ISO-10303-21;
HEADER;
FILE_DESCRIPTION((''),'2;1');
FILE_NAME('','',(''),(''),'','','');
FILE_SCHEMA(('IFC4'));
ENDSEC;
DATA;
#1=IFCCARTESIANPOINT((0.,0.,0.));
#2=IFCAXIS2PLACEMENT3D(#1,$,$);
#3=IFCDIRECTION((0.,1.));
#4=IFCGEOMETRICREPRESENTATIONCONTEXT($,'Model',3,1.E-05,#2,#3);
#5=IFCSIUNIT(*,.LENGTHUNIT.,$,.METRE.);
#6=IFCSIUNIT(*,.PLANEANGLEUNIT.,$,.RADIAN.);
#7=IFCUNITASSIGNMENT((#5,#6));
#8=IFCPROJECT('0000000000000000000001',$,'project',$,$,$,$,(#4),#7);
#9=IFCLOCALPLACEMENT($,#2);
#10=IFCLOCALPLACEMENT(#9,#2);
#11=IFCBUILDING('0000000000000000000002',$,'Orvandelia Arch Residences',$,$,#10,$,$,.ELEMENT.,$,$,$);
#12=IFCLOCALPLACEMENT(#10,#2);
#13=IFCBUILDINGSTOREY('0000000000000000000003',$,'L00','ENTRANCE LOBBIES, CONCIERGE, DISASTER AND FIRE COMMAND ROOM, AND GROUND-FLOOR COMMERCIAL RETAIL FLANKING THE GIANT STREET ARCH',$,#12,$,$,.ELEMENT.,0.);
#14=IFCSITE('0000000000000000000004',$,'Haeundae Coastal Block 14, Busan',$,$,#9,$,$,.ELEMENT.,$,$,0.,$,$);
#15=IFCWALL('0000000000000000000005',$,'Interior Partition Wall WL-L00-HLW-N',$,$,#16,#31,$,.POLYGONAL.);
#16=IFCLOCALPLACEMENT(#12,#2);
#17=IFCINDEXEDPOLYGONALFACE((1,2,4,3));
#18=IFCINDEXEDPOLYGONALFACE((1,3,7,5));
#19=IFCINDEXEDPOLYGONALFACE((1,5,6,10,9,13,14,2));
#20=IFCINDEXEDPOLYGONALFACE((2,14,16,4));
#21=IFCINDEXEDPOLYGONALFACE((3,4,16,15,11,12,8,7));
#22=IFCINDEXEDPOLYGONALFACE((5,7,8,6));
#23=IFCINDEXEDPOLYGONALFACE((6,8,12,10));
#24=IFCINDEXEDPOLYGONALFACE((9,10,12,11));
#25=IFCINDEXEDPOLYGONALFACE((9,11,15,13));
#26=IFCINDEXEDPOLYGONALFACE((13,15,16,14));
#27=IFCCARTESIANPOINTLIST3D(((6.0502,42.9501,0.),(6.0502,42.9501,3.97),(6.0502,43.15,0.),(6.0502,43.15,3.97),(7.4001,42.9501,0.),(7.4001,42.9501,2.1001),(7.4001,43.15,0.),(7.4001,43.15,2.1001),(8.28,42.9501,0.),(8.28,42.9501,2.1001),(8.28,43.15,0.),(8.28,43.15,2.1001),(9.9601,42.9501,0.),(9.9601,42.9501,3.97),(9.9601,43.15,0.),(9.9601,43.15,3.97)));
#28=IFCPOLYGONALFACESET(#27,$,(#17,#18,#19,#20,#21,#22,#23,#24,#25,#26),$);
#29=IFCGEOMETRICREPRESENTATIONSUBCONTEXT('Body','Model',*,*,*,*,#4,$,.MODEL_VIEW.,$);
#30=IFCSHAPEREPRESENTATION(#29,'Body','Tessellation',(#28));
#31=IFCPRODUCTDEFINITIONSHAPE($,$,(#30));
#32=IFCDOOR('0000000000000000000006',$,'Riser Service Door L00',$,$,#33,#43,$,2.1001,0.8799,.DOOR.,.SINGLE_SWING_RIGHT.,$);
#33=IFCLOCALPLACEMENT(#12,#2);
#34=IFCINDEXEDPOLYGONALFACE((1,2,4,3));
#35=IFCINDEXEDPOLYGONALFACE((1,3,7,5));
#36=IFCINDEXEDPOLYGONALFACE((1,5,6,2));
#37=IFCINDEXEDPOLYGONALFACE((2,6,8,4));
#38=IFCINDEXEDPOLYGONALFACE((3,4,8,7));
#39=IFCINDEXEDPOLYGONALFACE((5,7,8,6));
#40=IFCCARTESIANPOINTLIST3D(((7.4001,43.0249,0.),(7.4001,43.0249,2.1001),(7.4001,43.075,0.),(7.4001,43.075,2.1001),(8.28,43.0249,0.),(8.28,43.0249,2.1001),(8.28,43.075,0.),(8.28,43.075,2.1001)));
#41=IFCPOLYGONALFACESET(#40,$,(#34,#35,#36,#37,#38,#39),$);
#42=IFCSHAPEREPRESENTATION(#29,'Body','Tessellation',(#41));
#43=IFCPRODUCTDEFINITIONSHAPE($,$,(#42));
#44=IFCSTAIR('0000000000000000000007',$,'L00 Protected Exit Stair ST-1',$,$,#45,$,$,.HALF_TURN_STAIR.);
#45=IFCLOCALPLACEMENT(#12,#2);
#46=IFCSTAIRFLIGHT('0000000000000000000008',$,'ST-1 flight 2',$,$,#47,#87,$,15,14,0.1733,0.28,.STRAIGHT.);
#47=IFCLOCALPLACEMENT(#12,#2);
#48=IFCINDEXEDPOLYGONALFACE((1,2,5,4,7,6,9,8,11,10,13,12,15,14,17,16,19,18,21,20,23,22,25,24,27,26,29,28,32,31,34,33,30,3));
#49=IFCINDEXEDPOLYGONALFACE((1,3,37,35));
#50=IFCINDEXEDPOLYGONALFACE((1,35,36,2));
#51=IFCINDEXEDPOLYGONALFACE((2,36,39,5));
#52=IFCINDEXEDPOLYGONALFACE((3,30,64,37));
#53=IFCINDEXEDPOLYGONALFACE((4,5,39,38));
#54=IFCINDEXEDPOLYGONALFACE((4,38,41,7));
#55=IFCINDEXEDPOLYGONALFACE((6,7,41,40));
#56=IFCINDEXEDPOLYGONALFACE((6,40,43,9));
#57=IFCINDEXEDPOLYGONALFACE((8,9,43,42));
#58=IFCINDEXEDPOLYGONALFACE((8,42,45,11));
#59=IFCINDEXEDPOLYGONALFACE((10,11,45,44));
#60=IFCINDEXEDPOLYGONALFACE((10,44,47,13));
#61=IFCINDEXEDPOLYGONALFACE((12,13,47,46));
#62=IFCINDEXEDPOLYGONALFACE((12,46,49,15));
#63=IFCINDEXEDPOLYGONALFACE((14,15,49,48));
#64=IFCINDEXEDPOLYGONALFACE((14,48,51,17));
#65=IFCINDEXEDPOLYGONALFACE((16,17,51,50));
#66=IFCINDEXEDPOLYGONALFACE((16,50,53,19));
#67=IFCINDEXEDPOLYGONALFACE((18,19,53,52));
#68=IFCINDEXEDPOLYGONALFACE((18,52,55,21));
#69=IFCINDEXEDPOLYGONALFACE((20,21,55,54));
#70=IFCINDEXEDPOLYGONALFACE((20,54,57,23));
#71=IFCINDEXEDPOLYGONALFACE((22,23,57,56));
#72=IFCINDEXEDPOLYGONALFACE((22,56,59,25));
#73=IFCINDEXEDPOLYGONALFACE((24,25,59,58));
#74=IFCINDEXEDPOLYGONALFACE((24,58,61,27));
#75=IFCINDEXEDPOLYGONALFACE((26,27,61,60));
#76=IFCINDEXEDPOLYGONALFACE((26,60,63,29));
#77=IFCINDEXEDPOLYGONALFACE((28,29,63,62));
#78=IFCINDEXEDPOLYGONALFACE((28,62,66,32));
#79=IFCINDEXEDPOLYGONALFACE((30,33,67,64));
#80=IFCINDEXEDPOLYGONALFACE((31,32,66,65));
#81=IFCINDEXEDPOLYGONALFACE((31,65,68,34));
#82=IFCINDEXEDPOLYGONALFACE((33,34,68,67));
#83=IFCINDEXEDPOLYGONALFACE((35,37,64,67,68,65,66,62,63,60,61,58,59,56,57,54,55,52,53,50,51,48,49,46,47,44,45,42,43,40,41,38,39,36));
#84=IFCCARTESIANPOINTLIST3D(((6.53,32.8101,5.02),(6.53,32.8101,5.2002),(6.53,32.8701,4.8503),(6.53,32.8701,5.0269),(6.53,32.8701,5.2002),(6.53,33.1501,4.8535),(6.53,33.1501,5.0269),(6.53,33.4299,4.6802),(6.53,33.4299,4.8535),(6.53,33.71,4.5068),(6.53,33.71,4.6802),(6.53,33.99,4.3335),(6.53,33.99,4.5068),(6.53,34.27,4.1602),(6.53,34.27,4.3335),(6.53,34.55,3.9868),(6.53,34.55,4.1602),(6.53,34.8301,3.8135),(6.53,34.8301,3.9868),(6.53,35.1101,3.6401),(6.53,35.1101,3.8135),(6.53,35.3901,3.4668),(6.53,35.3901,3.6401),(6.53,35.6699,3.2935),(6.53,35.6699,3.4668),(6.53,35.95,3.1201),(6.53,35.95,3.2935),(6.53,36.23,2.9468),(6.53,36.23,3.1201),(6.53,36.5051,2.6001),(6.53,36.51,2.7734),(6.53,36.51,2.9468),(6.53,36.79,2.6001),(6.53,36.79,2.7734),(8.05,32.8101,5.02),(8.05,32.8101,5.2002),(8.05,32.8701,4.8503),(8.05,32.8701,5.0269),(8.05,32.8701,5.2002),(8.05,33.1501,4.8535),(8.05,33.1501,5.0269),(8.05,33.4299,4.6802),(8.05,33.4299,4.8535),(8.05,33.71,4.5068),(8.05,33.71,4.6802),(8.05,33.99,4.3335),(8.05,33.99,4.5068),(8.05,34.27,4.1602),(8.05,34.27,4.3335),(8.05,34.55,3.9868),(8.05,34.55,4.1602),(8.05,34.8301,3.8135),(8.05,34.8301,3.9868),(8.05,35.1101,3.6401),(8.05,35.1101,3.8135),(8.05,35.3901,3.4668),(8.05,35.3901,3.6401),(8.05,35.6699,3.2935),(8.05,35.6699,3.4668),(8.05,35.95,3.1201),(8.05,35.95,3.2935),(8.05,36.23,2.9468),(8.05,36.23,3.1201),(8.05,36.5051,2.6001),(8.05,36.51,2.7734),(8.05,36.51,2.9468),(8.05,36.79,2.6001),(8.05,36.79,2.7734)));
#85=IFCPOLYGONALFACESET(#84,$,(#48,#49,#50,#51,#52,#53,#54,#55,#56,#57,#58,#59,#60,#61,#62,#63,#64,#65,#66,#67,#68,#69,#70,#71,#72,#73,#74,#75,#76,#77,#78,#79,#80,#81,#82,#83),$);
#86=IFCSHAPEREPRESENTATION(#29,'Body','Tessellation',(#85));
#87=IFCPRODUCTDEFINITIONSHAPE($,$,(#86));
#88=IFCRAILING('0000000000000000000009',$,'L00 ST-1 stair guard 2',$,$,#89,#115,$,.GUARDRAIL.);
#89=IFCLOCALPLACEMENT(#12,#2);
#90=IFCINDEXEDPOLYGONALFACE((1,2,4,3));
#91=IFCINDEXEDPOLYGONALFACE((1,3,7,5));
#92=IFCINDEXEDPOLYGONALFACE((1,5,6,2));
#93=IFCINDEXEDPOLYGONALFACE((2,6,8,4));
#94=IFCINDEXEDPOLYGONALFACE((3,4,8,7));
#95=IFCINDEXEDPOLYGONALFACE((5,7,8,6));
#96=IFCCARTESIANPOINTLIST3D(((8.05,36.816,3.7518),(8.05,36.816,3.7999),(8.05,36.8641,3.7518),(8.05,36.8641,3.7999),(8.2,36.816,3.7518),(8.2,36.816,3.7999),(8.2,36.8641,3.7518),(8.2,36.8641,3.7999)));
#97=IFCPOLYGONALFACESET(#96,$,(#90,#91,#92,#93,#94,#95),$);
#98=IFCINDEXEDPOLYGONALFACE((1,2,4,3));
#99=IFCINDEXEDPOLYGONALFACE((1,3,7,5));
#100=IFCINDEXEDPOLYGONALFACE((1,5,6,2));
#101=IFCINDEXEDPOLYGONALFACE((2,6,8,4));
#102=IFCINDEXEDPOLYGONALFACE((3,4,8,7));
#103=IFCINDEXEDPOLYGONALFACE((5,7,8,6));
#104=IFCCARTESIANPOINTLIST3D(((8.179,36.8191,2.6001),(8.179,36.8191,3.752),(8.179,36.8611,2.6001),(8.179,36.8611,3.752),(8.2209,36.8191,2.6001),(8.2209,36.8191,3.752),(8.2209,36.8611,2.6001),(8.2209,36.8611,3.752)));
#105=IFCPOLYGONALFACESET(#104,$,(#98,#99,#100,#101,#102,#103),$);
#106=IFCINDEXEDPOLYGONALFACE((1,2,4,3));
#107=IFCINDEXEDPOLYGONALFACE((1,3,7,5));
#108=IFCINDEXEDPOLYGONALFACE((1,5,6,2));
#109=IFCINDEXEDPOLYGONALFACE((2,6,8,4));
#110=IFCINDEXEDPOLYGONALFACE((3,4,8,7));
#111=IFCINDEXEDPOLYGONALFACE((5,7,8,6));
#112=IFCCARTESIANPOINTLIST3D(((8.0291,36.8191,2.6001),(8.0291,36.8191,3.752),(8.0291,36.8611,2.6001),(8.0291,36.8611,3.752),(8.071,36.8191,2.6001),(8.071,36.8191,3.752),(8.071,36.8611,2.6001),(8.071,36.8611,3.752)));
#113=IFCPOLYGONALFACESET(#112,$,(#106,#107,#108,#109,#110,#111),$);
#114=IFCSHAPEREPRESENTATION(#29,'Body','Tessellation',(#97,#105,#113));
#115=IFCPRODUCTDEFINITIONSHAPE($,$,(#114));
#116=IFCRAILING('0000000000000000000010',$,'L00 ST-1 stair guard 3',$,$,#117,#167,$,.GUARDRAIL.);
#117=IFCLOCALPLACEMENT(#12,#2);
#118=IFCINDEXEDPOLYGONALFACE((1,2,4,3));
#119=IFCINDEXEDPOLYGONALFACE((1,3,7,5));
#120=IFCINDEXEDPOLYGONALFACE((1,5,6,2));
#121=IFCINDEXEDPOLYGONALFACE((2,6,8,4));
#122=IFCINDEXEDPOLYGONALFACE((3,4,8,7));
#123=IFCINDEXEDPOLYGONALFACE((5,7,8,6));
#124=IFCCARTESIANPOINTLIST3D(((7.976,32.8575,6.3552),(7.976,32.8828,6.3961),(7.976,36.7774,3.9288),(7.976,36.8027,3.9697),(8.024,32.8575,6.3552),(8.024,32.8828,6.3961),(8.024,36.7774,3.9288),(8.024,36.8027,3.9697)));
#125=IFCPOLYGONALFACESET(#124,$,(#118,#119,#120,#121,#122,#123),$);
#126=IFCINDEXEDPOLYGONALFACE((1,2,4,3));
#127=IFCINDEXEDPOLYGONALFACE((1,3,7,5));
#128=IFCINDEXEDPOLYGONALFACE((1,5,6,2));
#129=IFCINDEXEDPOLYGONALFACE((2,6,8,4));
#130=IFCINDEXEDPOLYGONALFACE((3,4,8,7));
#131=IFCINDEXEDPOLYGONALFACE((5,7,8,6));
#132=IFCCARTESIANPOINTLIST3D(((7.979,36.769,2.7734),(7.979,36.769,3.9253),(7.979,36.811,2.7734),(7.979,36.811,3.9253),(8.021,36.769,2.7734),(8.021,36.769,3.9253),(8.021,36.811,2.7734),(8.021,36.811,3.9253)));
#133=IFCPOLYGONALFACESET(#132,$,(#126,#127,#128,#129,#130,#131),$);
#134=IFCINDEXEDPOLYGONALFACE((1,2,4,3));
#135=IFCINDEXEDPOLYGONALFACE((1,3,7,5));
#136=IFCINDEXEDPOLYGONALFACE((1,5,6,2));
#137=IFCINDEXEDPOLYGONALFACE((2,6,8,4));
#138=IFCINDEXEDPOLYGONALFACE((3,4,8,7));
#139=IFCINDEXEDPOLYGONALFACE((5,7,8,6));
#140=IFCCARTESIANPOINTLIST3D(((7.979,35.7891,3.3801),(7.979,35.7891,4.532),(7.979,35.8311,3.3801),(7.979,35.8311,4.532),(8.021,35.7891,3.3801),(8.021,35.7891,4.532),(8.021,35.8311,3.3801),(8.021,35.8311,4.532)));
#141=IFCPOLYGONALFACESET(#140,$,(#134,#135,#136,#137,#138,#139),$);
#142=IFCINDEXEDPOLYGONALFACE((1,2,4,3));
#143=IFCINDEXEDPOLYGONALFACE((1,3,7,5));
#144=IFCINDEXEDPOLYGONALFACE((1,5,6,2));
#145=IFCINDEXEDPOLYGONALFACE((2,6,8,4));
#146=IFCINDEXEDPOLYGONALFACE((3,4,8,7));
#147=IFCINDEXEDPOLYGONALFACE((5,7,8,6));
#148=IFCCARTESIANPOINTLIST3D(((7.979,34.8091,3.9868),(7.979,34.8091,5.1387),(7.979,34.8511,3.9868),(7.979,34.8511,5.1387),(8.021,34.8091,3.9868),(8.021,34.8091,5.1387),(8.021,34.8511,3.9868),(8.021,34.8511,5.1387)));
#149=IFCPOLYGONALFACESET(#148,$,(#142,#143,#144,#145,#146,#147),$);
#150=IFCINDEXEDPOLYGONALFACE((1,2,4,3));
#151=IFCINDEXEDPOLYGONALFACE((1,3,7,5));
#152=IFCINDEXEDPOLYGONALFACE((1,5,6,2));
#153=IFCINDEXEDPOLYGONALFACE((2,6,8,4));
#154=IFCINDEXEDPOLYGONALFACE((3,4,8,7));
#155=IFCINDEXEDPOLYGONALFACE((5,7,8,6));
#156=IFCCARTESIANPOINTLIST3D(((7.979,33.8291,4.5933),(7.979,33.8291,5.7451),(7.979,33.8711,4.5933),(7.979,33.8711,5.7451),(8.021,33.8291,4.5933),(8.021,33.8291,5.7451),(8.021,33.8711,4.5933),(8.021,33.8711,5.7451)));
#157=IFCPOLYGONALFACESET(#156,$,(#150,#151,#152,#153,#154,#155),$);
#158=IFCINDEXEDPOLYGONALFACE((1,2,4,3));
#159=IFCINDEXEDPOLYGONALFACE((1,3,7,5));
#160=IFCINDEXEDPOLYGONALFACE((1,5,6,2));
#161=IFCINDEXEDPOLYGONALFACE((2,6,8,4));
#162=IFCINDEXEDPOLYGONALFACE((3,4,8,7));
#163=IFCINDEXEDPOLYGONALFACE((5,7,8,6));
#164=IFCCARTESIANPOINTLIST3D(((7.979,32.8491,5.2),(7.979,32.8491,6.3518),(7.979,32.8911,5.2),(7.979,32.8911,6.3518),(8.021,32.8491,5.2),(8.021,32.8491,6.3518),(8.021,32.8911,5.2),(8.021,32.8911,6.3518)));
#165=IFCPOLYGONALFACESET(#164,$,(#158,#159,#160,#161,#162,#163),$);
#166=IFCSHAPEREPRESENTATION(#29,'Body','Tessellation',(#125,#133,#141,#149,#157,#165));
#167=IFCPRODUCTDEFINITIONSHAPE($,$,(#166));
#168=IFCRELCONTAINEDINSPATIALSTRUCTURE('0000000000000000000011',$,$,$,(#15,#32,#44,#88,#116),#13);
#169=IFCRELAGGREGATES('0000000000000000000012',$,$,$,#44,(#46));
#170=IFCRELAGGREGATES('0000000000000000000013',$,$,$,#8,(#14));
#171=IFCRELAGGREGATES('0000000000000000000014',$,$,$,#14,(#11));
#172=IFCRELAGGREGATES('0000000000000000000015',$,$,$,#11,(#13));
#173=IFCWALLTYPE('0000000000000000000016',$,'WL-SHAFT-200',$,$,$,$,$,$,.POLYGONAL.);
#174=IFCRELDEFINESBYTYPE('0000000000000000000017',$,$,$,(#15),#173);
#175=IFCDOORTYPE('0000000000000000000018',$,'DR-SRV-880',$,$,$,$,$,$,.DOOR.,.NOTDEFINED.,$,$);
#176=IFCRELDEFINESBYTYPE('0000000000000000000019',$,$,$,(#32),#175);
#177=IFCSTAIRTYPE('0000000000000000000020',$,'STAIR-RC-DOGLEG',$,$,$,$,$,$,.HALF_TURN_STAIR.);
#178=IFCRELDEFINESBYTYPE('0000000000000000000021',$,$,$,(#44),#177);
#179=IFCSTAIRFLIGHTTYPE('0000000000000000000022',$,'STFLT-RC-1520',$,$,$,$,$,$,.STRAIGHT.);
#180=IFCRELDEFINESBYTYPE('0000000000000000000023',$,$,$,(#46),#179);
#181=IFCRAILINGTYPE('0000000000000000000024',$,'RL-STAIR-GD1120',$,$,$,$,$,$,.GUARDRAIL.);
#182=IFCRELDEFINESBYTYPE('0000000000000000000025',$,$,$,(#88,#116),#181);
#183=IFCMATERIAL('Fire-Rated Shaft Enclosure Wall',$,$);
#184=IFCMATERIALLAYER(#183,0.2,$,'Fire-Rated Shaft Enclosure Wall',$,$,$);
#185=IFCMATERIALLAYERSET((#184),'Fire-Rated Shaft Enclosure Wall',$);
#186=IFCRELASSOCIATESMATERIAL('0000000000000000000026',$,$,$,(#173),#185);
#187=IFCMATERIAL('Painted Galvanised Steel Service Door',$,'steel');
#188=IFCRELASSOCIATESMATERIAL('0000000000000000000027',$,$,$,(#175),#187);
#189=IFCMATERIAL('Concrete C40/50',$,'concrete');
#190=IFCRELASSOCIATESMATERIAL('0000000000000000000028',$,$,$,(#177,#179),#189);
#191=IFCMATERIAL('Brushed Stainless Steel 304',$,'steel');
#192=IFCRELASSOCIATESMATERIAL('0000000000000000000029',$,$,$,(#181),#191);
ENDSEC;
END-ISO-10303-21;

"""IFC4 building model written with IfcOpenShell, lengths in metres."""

from ifc_helpers import new_model, si_unit, direction, frame, frame_2d, origin, origin_2d, place, context, subcontext, project, spatial, polyline, rectangle, outline, extrude, material, layer, layer_set, type_object, element, fill, aggregate, save


model = new_model("IFC4")

# Units and contexts
model_context = context("Model", 3, precision=1e-05, world=origin(), true_north=direction((0.0, 1.0)))
body_context = subcontext(model_context, "Body", "Model", "MODEL_VIEW")
ifc_project = project(units=[si_unit("LENGTHUNIT", "METRE"), si_unit("PLANEANGLEUNIT", "RADIAN")], contexts=[model_context])

# Site, building, storey
site_placement = place(None, origin())
site = spatial("IfcSite", under=ifc_project, at=site_placement, Name="Haeundae Coastal Block 14, Busan", CompositionType="ELEMENT", RefElevation=0.0)
building_placement = place(site_placement, origin())
building = spatial("IfcBuilding", under=site, at=building_placement, Name="Orvandelia Arch Residences", CompositionType="ELEMENT")
storey_placement = place(building_placement, origin())
storey = spatial("IfcBuildingStorey", under=building, at=storey_placement, Name="L00", Description="ENTRANCE LOBBIES, CONCIERGE, DISASTER AND FIRE COMMAND ROOM, AND GROUND-FLOOR COMMERCIAL RETAIL FLANKING THE GIANT STREET ARCH", CompositionType="ELEMENT", Elevation=0.0)

# Wall, opening, door
ifc_material_1 = material(Name="Fire-Rated Shaft Enclosure Wall")
ifc_layer_1 = layer(ifc_material_1, 0.2, Name="Fire-Rated Shaft Enclosure Wall")
ifc_layer_set_1 = layer_set([ifc_layer_1], Name="Fire-Rated Shaft Enclosure Wall")
wall_type_1 = type_object("IfcWallType", Name="WL-SHAFT-200", PredefinedType="POLYGONAL", material=ifc_layer_set_1)
wall_1_placement = place(storey_placement, frame((6.05, 43.05, 0.0), z_axis=(0.0, 0.0, 1.0), x_axis=(1.0, 0.0, 0.0)))
wall_1 = element("IfcWall", 1, at=wall_1_placement, inside=storey, type_object=wall_type_1, Name="Interior Partition Wall WL-L00-HLW-N", PredefinedType="POLYGONAL", context=body_context, shape_type="SweptSolid", body=[
    extrude(rectangle(XDim=3.9099, YDim=0.2, at=frame_2d((1.9551, 0.0))), origin(), (0.0, 0.0, 1.0), 3.97),
])
opening_1_placement = place(wall_1_placement, frame((1.3501, 0.0, 0.0)))
opening_1 = element("IfcOpeningElement", 2, at=opening_1_placement, cuts=wall_1, PredefinedType="OPENING", context=body_context, shape_type="SweptSolid", body=[
    extrude(rectangle(XDim=0.8799, YDim=2.1001, at=frame_2d((0.4399, 1.05))), frame((0.0, 0.1099, 0.0), z_axis=(0.0, -1.0, 0.0), x_axis=(1.0, 0.0, 0.0)), (0.0, 0.0, 1.0), 0.22),
])
ifc_material_2 = material(Name="Painted Galvanised Steel Service Door", Category="steel")
door_type_1 = type_object("IfcDoorType", Name="DR-SRV-880", OperationType="NOTDEFINED", PredefinedType="DOOR", material=ifc_material_2)
door_1_placement = place(opening_1_placement, origin())
door_1 = element("IfcDoor", 3, at=door_1_placement, inside=storey, type_object=door_type_1, Name="Riser Service Door L00", OperationType="SINGLE_SWING_RIGHT", OverallHeight=2.1001, OverallWidth=0.8799, PredefinedType="DOOR", context=body_context, shape_type="SweptSolid", body=[
    extrude(rectangle(XDim=0.8799, YDim=2.1001, at=frame_2d((0.4399, 1.05))), frame((0.0, 0.0249, 0.0), z_axis=(0.0, -1.0, 0.0), x_axis=(1.0, 0.0, 0.0)), (0.0, 0.0, 1.0), 0.05),
])
fill(opening_1, door_1)

# Stair, stair flight
ifc_material_3 = material(Name="Concrete C40/50", Category="concrete")
stair_type = type_object("IfcStairType", Name="STAIR-RC-DOGLEG", PredefinedType="HALF_TURN_STAIR", material=ifc_material_3)
stair_placement = place(storey_placement, origin())
stair = element("IfcStair", 4, at=stair_placement, inside=storey, type_object=stair_type, Name="L00 Protected Exit Stair ST-1", PredefinedType="HALF_TURN_STAIR")
stair_flight_type = type_object("IfcStairFlightType", Name="STFLT-RC-1520", PredefinedType="STRAIGHT", material=ifc_material_3)
stair_flight_placement = place(storey_placement, frame((7.29, 36.79, 2.6001), z_axis=(0.0, 0.0, 1.0), x_axis=(0.0, -1.0, 0.0)))
stair_flight = element("IfcStairFlight", 5, at=stair_flight_placement, type_object=stair_flight_type, Name="ST-1 flight 2", NumberOfRisers=15, NumberOfTreads=14, PredefinedType="STRAIGHT", RiserHeight=0.1733, TreadLength=0.28, context=body_context, shape_type="SweptSolid", body=[
    extrude(outline(polyline([(0.0, 0.0), (0.0, 0.1733), (0.28, 0.1733), (0.28, 0.3467), (0.5601, 0.3467), (0.5601, 0.52), (0.8401, 0.52), (0.8401, 0.6934), (1.1201, 0.6934), (1.1201, 0.8667), (1.3999, 0.8667), (1.3999, 1.04), (1.6799, 1.04), (1.6799, 1.2134), (1.96, 1.2134), (1.96, 1.3867), (2.24, 1.3867), (2.24, 1.5601), (2.52, 1.5601), (2.52, 1.7334), (2.8, 1.7334), (2.8, 1.9067), (3.0801, 1.9067), (3.0801, 2.0801), (3.3601, 2.0801), (3.3601, 2.2534), (3.6399, 2.2534), (3.6399, 2.4268), (3.9199, 2.4268), (3.9199, 2.6001), (3.98, 2.6001), (3.98, 2.4199), (3.9199, 2.2502), (0.2849, 0.0), (0.0, 0.0)])), frame((0.0, 0.76, 0.0), z_axis=(0.0, -1.0, 0.0), x_axis=(1.0, 0.0, 0.0)), (0.0, 0.0, 1.0), 1.52),
])
aggregate(stair, [stair_flight])

# Railings
ifc_material_4 = material(Name="Brushed Stainless Steel 304", Category="steel")
railing_type_1 = type_object("IfcRailingType", Name="RL-STAIR-GD1120", PredefinedType="GUARDRAIL", material=ifc_material_4)
railing_1_placement = place(storey_placement, frame((8.2, 36.8401, 2.6001)))
element("IfcRailing", 6, at=railing_1_placement, inside=storey, type_object=railing_type_1, Name="L00 ST-1 stair guard 2", PredefinedType="GUARDRAIL", context=body_context, shape_type="SweptSolid", body=[
    extrude(rectangle(XDim=0.0481, YDim=0.0481, at=origin_2d()), frame((0.0, 0.0, 1.1758), z_axis=(-1.0, 0.0, 0.0), x_axis=(0.0, -1.0, 0.0)), (0.0, 0.0, 1.0), 0.1499),
    extrude(rectangle(XDim=0.042, YDim=0.042, at=origin_2d()), origin(), (0.0, 0.0, 1.0), 1.1519),
    extrude(rectangle(XDim=0.042, YDim=0.042, at=origin_2d()), frame((-0.1499, 0.0, 0.0)), (0.0, 0.0, 1.0), 1.1519),
])
railing_2_placement = place(storey_placement, frame((8.0, 36.79, 2.7734)))
element("IfcRailing", 7, at=railing_2_placement, inside=storey, type_object=railing_type_1, Name="L00 ST-1 stair guard 3", PredefinedType="GUARDRAIL", context=body_context, shape_type="SweptSolid", body=[
    extrude(rectangle(XDim=0.0481, YDim=0.0481, at=origin_2d()), frame((0.0, 0.0, 1.1758), z_axis=(0.0, -0.850275, 0.526338), x_axis=(1.0, 0.0, 0.0)), (0.0, 0.0, 1.0), 4.6101),
    extrude(rectangle(XDim=0.042, YDim=0.042, at=origin_2d()), origin(), (0.0, 0.0, 1.0), 1.1519),
    extrude(rectangle(XDim=0.042, YDim=0.042, at=origin_2d()), frame((0.0, -0.98, 0.6067)), (0.0, 0.0, 1.0), 1.1519),
    extrude(rectangle(XDim=0.042, YDim=0.042, at=origin_2d()), frame((0.0, -1.96, 1.2134)), (0.0, 0.0, 1.0), 1.1519),
    extrude(rectangle(XDim=0.042, YDim=0.042, at=origin_2d()), frame((0.0, -2.9399, 1.8198)), (0.0, 0.0, 1.0), 1.1519),
    extrude(rectangle(XDim=0.042, YDim=0.042, at=origin_2d()), frame((0.0, -3.9199, 2.4265)), (0.0, 0.0, 1.0), 1.1519),
])

save(model, "model.ifc")
